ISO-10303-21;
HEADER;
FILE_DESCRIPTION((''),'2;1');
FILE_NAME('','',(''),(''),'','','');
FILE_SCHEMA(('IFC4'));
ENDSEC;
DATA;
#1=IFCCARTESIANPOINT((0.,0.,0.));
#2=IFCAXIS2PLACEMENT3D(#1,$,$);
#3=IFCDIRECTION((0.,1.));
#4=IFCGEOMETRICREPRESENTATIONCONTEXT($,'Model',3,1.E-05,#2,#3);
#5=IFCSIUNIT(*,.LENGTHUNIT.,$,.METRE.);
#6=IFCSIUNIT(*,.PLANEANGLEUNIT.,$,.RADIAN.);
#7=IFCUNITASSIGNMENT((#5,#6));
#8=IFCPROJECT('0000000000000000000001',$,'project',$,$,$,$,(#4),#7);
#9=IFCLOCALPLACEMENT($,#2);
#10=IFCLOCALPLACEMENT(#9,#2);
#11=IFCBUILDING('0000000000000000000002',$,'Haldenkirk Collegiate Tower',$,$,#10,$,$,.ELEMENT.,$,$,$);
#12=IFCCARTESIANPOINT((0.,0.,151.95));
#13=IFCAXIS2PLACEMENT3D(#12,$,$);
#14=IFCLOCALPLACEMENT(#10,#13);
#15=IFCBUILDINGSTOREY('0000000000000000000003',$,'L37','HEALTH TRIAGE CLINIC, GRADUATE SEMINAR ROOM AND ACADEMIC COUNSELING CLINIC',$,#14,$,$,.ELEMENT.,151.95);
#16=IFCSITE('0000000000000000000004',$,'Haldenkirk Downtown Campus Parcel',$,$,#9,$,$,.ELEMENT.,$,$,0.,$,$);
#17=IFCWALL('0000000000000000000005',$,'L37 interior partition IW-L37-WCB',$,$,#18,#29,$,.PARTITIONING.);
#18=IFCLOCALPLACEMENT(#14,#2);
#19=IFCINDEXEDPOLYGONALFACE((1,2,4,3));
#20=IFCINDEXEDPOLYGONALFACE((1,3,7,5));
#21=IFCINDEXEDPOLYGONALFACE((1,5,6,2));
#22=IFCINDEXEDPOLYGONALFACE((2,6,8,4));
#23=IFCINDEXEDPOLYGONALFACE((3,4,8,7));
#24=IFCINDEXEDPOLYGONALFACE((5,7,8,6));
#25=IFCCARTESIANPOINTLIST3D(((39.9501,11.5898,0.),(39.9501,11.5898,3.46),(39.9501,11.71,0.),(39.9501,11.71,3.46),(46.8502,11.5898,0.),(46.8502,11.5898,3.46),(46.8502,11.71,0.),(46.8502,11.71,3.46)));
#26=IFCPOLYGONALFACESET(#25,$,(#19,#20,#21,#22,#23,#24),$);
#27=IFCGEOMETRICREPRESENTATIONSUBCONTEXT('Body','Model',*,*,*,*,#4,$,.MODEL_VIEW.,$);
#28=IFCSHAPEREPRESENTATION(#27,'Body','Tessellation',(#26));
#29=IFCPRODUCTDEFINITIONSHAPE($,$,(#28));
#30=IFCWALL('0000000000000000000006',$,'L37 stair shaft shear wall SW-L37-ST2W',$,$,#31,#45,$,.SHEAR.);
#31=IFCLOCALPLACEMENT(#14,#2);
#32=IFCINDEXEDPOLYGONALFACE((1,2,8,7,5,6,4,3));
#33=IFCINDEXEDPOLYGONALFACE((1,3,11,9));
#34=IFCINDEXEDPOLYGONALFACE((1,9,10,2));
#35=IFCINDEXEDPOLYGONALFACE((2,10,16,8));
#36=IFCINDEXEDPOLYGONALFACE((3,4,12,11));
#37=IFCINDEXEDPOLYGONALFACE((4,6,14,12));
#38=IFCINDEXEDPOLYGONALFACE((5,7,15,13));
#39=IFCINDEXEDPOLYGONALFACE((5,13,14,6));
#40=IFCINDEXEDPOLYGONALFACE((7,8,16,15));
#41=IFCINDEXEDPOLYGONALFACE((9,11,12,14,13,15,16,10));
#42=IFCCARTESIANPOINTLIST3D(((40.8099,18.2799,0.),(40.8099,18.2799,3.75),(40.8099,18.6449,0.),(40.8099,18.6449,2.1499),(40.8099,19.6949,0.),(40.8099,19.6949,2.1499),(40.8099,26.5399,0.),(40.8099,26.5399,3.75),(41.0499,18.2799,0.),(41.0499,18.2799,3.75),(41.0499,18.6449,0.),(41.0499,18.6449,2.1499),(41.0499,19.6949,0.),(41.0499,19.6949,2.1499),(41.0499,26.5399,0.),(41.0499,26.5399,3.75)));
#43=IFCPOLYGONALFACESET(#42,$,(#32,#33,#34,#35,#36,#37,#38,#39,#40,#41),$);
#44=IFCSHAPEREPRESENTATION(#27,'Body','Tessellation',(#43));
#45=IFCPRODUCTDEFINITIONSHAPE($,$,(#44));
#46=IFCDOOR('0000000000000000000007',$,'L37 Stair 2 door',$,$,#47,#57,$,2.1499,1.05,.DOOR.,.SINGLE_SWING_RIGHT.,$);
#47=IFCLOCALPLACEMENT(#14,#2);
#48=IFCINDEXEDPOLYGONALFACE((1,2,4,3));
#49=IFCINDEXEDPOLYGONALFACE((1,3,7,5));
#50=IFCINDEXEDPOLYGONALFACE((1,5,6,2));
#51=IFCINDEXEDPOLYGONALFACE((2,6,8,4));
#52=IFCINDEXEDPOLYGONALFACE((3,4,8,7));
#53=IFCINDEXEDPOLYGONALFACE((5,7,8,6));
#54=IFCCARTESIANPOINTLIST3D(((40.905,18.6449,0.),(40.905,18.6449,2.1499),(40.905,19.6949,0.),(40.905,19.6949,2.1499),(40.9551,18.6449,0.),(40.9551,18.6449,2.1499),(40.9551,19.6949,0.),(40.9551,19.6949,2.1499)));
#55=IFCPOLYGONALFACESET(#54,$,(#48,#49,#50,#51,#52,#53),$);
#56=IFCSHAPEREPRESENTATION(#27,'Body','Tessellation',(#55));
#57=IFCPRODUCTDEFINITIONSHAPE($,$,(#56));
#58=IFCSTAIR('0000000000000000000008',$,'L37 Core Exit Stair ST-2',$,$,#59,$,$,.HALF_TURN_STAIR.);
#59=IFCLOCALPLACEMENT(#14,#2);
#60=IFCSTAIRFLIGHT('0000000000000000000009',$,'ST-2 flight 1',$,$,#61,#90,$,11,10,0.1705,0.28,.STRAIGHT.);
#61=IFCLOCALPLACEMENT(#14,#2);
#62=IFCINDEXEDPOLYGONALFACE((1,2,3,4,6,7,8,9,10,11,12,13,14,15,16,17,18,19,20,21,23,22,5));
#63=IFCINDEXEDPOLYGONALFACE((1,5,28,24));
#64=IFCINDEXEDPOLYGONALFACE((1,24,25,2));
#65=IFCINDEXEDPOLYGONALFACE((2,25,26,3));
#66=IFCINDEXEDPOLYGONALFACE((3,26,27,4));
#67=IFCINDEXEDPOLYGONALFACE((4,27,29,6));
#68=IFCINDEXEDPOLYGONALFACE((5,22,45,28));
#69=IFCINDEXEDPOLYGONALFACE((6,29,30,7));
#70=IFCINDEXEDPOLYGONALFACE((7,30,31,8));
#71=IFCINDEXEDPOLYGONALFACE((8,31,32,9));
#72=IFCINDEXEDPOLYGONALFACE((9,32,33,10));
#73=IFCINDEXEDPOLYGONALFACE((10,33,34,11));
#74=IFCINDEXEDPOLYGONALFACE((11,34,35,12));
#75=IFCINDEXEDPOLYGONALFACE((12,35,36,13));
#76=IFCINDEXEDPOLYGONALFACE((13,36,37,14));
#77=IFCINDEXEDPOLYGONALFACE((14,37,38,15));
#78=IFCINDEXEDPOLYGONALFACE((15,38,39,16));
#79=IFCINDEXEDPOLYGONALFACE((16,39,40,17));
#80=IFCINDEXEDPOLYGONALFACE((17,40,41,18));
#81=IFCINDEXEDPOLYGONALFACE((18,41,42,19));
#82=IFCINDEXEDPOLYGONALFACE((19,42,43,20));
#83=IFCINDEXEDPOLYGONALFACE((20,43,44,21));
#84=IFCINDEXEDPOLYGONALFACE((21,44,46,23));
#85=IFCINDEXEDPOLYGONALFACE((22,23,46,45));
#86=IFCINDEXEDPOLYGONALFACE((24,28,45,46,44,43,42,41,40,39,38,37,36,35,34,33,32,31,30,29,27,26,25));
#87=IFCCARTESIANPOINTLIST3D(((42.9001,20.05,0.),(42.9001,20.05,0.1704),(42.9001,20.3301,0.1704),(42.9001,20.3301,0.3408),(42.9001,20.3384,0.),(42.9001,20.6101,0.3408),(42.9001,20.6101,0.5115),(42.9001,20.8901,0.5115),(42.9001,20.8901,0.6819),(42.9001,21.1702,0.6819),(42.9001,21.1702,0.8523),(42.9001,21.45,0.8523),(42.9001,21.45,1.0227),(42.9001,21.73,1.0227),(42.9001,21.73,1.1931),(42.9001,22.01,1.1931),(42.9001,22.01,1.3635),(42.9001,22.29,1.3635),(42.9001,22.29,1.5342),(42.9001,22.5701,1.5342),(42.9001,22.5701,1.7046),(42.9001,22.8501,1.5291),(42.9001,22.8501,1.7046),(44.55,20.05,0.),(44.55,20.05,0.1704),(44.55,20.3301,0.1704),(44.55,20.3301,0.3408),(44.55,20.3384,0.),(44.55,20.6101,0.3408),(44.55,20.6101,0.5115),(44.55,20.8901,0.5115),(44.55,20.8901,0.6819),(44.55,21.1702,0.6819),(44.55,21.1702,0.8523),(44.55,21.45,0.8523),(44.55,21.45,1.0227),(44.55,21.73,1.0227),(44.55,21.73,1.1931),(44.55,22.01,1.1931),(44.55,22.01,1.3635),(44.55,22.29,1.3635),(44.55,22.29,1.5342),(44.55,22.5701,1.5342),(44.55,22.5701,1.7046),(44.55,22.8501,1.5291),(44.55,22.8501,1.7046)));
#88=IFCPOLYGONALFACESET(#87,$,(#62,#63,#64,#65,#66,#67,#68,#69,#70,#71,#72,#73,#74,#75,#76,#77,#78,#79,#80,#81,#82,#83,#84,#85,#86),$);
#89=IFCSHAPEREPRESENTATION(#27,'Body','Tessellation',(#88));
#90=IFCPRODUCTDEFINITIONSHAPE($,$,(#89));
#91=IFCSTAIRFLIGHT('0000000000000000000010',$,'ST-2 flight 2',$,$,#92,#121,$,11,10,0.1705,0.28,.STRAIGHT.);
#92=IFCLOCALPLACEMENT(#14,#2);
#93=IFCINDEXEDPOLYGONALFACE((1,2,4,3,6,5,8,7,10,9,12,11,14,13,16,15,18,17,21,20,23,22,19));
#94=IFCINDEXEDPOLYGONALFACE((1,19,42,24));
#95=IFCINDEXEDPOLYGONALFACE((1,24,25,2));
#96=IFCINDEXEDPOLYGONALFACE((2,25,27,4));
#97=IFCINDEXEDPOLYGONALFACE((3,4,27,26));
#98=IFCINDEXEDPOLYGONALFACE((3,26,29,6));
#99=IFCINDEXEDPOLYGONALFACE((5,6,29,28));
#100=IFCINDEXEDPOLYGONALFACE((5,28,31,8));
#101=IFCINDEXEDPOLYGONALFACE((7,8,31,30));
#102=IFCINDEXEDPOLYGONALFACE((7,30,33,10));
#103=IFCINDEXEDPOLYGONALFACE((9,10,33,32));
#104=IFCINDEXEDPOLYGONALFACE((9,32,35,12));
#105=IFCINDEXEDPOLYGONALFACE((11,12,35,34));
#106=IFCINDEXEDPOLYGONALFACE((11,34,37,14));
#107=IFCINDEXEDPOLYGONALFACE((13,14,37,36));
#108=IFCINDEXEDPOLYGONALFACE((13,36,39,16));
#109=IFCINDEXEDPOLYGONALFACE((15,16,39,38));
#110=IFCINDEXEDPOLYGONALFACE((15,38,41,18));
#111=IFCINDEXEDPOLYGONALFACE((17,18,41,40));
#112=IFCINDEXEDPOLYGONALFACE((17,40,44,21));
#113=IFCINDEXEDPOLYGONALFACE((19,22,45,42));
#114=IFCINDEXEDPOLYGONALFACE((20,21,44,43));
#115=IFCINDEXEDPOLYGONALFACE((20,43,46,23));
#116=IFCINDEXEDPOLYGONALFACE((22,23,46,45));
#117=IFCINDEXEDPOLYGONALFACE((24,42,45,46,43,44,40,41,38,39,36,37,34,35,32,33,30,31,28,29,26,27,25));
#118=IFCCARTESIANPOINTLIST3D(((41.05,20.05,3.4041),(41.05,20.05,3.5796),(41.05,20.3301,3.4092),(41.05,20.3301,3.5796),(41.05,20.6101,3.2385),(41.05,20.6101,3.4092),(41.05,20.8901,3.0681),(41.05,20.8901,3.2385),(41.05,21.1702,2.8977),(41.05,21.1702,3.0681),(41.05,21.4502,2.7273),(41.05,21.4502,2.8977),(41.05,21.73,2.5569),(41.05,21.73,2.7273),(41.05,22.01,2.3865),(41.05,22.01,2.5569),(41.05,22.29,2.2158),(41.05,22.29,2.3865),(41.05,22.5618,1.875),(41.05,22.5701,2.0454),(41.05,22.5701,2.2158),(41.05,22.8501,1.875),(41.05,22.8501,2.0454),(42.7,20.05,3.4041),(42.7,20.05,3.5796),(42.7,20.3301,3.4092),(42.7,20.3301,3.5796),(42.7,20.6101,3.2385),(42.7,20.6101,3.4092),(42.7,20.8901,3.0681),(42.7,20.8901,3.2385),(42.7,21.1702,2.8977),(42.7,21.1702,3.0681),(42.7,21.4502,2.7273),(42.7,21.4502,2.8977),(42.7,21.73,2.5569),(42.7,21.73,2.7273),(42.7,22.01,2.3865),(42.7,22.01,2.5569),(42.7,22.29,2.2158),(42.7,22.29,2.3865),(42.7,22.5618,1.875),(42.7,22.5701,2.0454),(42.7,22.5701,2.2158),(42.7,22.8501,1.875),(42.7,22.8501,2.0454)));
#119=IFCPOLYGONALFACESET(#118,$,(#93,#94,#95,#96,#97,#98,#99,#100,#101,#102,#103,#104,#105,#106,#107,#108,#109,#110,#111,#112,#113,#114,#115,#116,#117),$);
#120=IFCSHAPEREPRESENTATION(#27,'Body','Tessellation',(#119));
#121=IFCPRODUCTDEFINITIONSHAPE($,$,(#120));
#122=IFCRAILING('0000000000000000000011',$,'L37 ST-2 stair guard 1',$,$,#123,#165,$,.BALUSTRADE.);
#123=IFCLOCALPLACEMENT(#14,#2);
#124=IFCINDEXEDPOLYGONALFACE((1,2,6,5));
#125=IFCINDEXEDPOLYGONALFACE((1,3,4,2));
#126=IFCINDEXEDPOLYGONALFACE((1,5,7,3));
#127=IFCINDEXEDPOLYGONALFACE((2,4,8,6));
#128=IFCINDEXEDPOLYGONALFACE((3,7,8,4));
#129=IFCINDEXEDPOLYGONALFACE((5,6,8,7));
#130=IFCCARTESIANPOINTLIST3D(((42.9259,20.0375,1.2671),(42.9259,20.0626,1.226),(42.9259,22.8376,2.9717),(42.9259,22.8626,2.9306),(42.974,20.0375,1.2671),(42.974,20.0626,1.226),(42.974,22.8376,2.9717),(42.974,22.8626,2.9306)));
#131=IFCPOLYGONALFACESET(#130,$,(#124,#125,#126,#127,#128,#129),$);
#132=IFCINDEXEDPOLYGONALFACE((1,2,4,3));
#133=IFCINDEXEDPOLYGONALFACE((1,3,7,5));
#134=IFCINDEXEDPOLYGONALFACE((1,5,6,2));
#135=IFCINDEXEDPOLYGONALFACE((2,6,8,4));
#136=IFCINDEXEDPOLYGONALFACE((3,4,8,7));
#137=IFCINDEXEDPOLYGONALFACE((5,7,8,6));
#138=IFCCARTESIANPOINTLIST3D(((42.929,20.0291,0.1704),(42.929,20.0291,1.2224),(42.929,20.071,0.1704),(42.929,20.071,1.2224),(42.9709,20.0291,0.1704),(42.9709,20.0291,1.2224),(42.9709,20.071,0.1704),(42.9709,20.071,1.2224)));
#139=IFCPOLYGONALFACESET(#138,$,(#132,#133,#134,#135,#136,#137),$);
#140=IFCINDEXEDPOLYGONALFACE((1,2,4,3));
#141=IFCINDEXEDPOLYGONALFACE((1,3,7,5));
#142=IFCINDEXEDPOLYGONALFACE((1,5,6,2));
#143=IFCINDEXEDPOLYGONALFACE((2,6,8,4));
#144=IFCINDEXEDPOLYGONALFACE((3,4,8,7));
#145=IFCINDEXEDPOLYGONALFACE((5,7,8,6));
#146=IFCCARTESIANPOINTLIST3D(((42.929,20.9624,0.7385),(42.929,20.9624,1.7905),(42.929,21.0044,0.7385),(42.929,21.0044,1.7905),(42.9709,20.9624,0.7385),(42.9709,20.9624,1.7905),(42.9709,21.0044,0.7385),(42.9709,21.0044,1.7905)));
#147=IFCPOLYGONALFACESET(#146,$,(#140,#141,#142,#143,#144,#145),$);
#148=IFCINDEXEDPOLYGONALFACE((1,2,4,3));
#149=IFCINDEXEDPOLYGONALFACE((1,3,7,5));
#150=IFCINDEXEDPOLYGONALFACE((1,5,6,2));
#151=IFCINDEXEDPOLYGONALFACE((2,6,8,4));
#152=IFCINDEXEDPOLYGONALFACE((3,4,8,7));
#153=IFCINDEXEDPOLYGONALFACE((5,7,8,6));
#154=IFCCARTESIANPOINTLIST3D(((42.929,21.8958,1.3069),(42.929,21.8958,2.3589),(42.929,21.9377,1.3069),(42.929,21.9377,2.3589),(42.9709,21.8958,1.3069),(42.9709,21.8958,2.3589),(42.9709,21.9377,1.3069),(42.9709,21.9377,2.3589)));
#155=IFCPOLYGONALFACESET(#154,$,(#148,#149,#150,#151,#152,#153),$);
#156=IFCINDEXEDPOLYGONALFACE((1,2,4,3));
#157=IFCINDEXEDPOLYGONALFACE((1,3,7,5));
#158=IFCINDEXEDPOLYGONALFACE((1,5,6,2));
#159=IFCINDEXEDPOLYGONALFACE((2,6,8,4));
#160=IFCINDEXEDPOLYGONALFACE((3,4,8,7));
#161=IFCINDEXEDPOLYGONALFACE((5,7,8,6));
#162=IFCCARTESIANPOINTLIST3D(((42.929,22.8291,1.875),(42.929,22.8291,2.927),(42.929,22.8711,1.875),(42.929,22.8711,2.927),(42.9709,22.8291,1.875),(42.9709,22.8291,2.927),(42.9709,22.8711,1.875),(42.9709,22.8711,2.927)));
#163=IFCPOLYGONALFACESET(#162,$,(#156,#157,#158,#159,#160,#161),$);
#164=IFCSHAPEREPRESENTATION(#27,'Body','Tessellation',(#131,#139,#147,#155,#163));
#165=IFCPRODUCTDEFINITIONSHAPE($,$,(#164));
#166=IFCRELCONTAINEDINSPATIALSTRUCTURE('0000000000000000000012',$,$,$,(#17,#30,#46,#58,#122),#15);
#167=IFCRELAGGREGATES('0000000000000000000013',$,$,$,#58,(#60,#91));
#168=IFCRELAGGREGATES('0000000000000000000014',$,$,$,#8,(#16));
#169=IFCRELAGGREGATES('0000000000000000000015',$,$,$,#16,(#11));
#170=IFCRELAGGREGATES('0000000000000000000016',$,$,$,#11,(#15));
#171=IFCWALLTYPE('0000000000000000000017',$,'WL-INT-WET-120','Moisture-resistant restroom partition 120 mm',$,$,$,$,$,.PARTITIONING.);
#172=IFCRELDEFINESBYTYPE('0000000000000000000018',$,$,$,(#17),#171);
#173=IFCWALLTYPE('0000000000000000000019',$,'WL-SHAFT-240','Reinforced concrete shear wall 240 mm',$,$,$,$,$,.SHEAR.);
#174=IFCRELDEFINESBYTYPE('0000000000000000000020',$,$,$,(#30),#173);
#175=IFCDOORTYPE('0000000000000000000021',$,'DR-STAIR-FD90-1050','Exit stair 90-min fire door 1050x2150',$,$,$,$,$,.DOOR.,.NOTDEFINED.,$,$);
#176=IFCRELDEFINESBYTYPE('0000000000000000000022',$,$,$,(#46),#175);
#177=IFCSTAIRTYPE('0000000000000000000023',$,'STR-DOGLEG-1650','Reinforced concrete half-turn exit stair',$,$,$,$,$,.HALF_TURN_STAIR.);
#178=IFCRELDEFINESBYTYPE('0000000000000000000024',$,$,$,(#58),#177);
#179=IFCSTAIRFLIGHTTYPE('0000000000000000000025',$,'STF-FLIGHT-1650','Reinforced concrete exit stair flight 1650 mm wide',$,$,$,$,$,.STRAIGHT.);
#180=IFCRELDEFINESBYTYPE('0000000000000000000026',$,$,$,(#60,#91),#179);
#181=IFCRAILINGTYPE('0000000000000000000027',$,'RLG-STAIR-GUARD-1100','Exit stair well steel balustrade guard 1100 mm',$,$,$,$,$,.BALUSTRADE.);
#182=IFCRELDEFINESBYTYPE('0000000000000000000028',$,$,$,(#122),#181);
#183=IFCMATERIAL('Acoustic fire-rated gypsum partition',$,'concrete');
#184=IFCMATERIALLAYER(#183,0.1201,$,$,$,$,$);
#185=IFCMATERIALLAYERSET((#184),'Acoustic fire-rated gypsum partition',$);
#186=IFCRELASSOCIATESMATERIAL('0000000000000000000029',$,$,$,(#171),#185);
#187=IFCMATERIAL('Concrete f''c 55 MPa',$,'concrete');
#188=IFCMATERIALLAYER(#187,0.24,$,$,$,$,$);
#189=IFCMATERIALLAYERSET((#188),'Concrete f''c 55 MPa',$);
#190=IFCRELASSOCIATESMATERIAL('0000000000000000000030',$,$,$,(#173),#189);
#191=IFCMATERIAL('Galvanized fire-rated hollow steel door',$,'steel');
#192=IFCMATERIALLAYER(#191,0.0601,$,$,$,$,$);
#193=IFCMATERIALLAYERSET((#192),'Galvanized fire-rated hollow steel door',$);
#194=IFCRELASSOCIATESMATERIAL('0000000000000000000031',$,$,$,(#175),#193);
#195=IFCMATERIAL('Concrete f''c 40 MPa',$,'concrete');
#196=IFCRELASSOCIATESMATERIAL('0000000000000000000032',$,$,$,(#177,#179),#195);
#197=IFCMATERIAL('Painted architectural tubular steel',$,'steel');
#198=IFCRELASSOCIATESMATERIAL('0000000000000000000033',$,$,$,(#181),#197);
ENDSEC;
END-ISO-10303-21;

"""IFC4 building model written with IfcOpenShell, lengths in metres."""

from ifc_helpers import new_model, si_unit, direction, frame, frame_2d, origin, origin_2d, place, context, subcontext, project, spatial, polyline, rectangle, outline, extrude, material, layer, layer_set, type_object, element, fill, aggregate, save


model = new_model("IFC4")

# Units and contexts
model_context = context("Model", 3, precision=1e-05, world=origin(), true_north=direction((0.0, 1.0)))
body_context = subcontext(model_context, "Body", "Model", "MODEL_VIEW")
ifc_project = project(units=[si_unit("LENGTHUNIT", "METRE"), si_unit("PLANEANGLEUNIT", "RADIAN")], contexts=[model_context])

# Site, building, storey
site_placement = place(None, origin())
site = spatial("IfcSite", under=ifc_project, at=site_placement, Name="Haldenkirk Downtown Campus Parcel", CompositionType="ELEMENT", RefElevation=0.0)
building_placement = place(site_placement, origin())
building = spatial("IfcBuilding", under=site, at=building_placement, Name="Haldenkirk Collegiate Tower", CompositionType="ELEMENT")
storey_placement = place(building_placement, frame((0.0, 0.0, 151.95)))
storey = spatial("IfcBuildingStorey", under=building, at=storey_placement, Name="L37", Description="HEALTH TRIAGE CLINIC, GRADUATE SEMINAR ROOM AND ACADEMIC COUNSELING CLINIC", CompositionType="ELEMENT", Elevation=151.95)

# Wall
ifc_material_1 = material(Name="Acoustic fire-rated gypsum partition", Category="concrete")
ifc_layer_1 = layer(ifc_material_1, 0.1201)
ifc_layer_set_1 = layer_set([ifc_layer_1], Name="Acoustic fire-rated gypsum partition")
wall_type_1 = type_object("IfcWallType", Name="WL-INT-WET-120", Description="Moisture-resistant restroom partition 120 mm", PredefinedType="PARTITIONING", material=ifc_layer_set_1)
wall_1_placement = place(storey_placement, frame((39.95, 11.6499, 0.0), z_axis=(0.0, 0.0, 1.0), x_axis=(1.0, 0.0, 0.0)))
element("IfcWall", 1, at=wall_1_placement, inside=storey, type_object=wall_type_1, Name="L37 interior partition IW-L37-WCB", PredefinedType="PARTITIONING", context=body_context, shape_type="SweptSolid", body=[
    extrude(rectangle(XDim=6.9001, YDim=0.1201, at=frame_2d((3.4502, 0.0))), origin(), (0.0, 0.0, 1.0), 3.46),
])

# Wall, opening, door
ifc_material_2 = material(Name="Concrete f'c 55 MPa", Category="concrete")
ifc_layer_2 = layer(ifc_material_2, 0.24)
ifc_layer_set_2 = layer_set([ifc_layer_2], Name="Concrete f'c 55 MPa")
wall_type_2 = type_object("IfcWallType", Name="WL-SHAFT-240", Description="Reinforced concrete shear wall 240 mm", PredefinedType="SHEAR", material=ifc_layer_set_2)
wall_2_placement = place(storey_placement, frame((40.9299, 18.28, 0.0), z_axis=(0.0, 0.0, 1.0), x_axis=(0.0, 1.0, 0.0)))
wall_2 = element("IfcWall", 2, at=wall_2_placement, inside=storey, type_object=wall_type_2, Name="L37 stair shaft shear wall SW-L37-ST2W", PredefinedType="SHEAR", context=body_context, shape_type="SweptSolid", body=[
    extrude(rectangle(XDim=8.26, YDim=0.24, at=frame_2d((4.1299, 0.0))), origin(), (0.0, 0.0, 1.0), 3.75),
])
opening_1_placement = place(wall_2_placement, frame((0.365, 0.0, 0.0)))
opening_1 = element("IfcOpeningElement", 3, at=opening_1_placement, cuts=wall_2, PredefinedType="OPENING", context=body_context, shape_type="SweptSolid", body=[
    extrude(rectangle(XDim=1.05, YDim=2.1499, at=frame_2d((0.5249, 1.075))), frame((0.0, 0.1299, 0.0), z_axis=(0.0, -1.0, 0.0), x_axis=(1.0, 0.0, 0.0)), (0.0, 0.0, 1.0), 0.26),
])
ifc_material_3 = material(Name="Galvanized fire-rated hollow steel door", Category="steel")
ifc_layer_3 = layer(ifc_material_3, 0.0601)
ifc_layer_set_3 = layer_set([ifc_layer_3], Name="Galvanized fire-rated hollow steel door")
door_type_1 = type_object("IfcDoorType", Name="DR-STAIR-FD90-1050", Description="Exit stair 90-min fire door 1050x2150", OperationType="NOTDEFINED", PredefinedType="DOOR", material=ifc_layer_set_3)
door_1_placement = place(opening_1_placement, origin())
door_1 = element("IfcDoor", 4, at=door_1_placement, inside=storey, type_object=door_type_1, Name="L37 Stair 2 door", OperationType="SINGLE_SWING_RIGHT", OverallHeight=2.1499, OverallWidth=1.05, PredefinedType="DOOR", context=body_context, shape_type="SweptSolid", body=[
    extrude(rectangle(XDim=1.05, YDim=2.1499, at=frame_2d((0.5249, 1.075))), frame((0.0, 0.0249, 0.0), z_axis=(0.0, -1.0, 0.0), x_axis=(1.0, 0.0, 0.0)), (0.0, 0.0, 1.0), 0.05),
])
fill(opening_1, door_1)

# Stair, stair flights
ifc_material_4 = material(Name="Concrete f'c 40 MPa", Category="concrete")
stair_type = type_object("IfcStairType", Name="STR-DOGLEG-1650", Description="Reinforced concrete half-turn exit stair", PredefinedType="HALF_TURN_STAIR", material=ifc_material_4)
stair_placement = place(storey_placement, origin())
stair = element("IfcStair", 5, at=stair_placement, inside=storey, type_object=stair_type, Name="L37 Core Exit Stair ST-2", PredefinedType="HALF_TURN_STAIR")
stair_flight_type = type_object("IfcStairFlightType", Name="STF-FLIGHT-1650", Description="Reinforced concrete exit stair flight 1650 mm wide", PredefinedType="STRAIGHT", material=ifc_material_4)
stair_flight_1_placement = place(storey_placement, frame((43.7251, 20.05, 0.0), z_axis=(0.0, 0.0, 1.0), x_axis=(0.0, 1.0, 0.0)))
stair_flight_1 = element("IfcStairFlight", 6, at=stair_flight_1_placement, type_object=stair_flight_type, Name="ST-2 flight 1", NumberOfRisers=11, NumberOfTreads=10, PredefinedType="STRAIGHT", RiserHeight=0.1705, TreadLength=0.28, context=body_context, shape_type="SweptSolid", body=[
    extrude(outline(polyline([(0.0, 0.0), (0.0, 0.1704), (0.28, 0.1704), (0.28, 0.3408), (0.5601, 0.3408), (0.5601, 0.5115), (0.8401, 0.5115), (0.8401, 0.6819), (1.1201, 0.6819), (1.1201, 0.8523), (1.3999, 0.8523), (1.3999, 1.0227), (1.6799, 1.0227), (1.6799, 1.1931), (1.96, 1.1931), (1.96, 1.3635), (2.24, 1.3635), (2.24, 1.5342), (2.52, 1.5342), (2.52, 1.7046), (2.8, 1.7046), (2.8, 1.875), (2.8, 1.5291), (0.2883, 0.0), (0.0, 0.0)])), frame((0.0, 0.825, 0.0), z_axis=(0.0, -1.0, 0.0), x_axis=(1.0, 0.0, 0.0)), (0.0, 0.0, 1.0), 1.6499),
])
stair_flight_2_placement = place(storey_placement, frame((41.875, 22.8501, 1.875), z_axis=(0.0, 0.0, 1.0), x_axis=(0.0, -1.0, 0.0)))
stair_flight_2 = element("IfcStairFlight", 7, at=stair_flight_2_placement, type_object=stair_flight_type, Name="ST-2 flight 2", NumberOfRisers=11, NumberOfTreads=10, PredefinedType="STRAIGHT", RiserHeight=0.1705, TreadLength=0.28, context=body_context, shape_type="SweptSolid", body=[
    extrude(outline(polyline([(0.0, 0.0), (0.0, 0.1704), (0.28, 0.1704), (0.28, 0.3408), (0.5601, 0.3408), (0.5601, 0.5115), (0.8401, 0.5115), (0.8401, 0.6819), (1.1201, 0.6819), (1.1201, 0.8523), (1.3999, 0.8523), (1.3999, 1.0227), (1.6799, 1.0227), (1.6799, 1.1931), (1.96, 1.1931), (1.96, 1.3635), (2.24, 1.3635), (2.24, 1.5342), (2.52, 1.5342), (2.52, 1.7046), (2.8, 1.7046), (2.8, 1.875), (2.8, 1.5291), (0.2883, 0.0), (0.0, 0.0)])), frame((0.0, 0.825, 0.0), z_axis=(0.0, -1.0, 0.0), x_axis=(1.0, 0.0, 0.0)), (0.0, 0.0, 1.0), 1.6499),
])
aggregate(stair, [stair_flight_1, stair_flight_2])

# Railing
ifc_material_5 = material(Name="Painted architectural tubular steel", Category="steel")
railing_type_1 = type_object("IfcRailingType", Name="RLG-STAIR-GUARD-1100", Description="Exit stair well steel balustrade guard 1100 mm", PredefinedType="BALUSTRADE", material=ifc_material_5)
railing_1_placement = place(storey_placement, frame((42.95, 20.05, 0.1704)))
element("IfcRailing", 8, at=railing_1_placement, inside=storey, type_object=railing_type_1, Name="L37 ST-2 stair guard 1", PredefinedType="BALUSTRADE", context=body_context, shape_type="SweptSolid", body=[
    extrude(rectangle(XDim=0.0481, YDim=0.0481, at=origin_2d()), frame((0.0, 0.0, 1.0762), z_axis=(0.0, 0.85417, 0.519994), x_axis=(-1.0, 0.0, 0.0)), (0.0, 0.0, 1.0), 3.2781),
    extrude(rectangle(XDim=0.042, YDim=0.042, at=origin_2d()), origin(), (0.0, 0.0, 1.0), 1.052),
    extrude(rectangle(XDim=0.042, YDim=0.042, at=origin_2d()), frame((0.0, 0.9333, 0.5681)), (0.0, 0.0, 1.0), 1.052),
    extrude(rectangle(XDim=0.042, YDim=0.042, at=origin_2d()), frame((0.0, 1.8667, 1.1365)), (0.0, 0.0, 1.0), 1.052),
    extrude(rectangle(XDim=0.042, YDim=0.042, at=origin_2d()), frame((0.0, 2.8, 1.7046)), (0.0, 0.0, 1.0), 1.052),
])

save(model, "model.ifc")
